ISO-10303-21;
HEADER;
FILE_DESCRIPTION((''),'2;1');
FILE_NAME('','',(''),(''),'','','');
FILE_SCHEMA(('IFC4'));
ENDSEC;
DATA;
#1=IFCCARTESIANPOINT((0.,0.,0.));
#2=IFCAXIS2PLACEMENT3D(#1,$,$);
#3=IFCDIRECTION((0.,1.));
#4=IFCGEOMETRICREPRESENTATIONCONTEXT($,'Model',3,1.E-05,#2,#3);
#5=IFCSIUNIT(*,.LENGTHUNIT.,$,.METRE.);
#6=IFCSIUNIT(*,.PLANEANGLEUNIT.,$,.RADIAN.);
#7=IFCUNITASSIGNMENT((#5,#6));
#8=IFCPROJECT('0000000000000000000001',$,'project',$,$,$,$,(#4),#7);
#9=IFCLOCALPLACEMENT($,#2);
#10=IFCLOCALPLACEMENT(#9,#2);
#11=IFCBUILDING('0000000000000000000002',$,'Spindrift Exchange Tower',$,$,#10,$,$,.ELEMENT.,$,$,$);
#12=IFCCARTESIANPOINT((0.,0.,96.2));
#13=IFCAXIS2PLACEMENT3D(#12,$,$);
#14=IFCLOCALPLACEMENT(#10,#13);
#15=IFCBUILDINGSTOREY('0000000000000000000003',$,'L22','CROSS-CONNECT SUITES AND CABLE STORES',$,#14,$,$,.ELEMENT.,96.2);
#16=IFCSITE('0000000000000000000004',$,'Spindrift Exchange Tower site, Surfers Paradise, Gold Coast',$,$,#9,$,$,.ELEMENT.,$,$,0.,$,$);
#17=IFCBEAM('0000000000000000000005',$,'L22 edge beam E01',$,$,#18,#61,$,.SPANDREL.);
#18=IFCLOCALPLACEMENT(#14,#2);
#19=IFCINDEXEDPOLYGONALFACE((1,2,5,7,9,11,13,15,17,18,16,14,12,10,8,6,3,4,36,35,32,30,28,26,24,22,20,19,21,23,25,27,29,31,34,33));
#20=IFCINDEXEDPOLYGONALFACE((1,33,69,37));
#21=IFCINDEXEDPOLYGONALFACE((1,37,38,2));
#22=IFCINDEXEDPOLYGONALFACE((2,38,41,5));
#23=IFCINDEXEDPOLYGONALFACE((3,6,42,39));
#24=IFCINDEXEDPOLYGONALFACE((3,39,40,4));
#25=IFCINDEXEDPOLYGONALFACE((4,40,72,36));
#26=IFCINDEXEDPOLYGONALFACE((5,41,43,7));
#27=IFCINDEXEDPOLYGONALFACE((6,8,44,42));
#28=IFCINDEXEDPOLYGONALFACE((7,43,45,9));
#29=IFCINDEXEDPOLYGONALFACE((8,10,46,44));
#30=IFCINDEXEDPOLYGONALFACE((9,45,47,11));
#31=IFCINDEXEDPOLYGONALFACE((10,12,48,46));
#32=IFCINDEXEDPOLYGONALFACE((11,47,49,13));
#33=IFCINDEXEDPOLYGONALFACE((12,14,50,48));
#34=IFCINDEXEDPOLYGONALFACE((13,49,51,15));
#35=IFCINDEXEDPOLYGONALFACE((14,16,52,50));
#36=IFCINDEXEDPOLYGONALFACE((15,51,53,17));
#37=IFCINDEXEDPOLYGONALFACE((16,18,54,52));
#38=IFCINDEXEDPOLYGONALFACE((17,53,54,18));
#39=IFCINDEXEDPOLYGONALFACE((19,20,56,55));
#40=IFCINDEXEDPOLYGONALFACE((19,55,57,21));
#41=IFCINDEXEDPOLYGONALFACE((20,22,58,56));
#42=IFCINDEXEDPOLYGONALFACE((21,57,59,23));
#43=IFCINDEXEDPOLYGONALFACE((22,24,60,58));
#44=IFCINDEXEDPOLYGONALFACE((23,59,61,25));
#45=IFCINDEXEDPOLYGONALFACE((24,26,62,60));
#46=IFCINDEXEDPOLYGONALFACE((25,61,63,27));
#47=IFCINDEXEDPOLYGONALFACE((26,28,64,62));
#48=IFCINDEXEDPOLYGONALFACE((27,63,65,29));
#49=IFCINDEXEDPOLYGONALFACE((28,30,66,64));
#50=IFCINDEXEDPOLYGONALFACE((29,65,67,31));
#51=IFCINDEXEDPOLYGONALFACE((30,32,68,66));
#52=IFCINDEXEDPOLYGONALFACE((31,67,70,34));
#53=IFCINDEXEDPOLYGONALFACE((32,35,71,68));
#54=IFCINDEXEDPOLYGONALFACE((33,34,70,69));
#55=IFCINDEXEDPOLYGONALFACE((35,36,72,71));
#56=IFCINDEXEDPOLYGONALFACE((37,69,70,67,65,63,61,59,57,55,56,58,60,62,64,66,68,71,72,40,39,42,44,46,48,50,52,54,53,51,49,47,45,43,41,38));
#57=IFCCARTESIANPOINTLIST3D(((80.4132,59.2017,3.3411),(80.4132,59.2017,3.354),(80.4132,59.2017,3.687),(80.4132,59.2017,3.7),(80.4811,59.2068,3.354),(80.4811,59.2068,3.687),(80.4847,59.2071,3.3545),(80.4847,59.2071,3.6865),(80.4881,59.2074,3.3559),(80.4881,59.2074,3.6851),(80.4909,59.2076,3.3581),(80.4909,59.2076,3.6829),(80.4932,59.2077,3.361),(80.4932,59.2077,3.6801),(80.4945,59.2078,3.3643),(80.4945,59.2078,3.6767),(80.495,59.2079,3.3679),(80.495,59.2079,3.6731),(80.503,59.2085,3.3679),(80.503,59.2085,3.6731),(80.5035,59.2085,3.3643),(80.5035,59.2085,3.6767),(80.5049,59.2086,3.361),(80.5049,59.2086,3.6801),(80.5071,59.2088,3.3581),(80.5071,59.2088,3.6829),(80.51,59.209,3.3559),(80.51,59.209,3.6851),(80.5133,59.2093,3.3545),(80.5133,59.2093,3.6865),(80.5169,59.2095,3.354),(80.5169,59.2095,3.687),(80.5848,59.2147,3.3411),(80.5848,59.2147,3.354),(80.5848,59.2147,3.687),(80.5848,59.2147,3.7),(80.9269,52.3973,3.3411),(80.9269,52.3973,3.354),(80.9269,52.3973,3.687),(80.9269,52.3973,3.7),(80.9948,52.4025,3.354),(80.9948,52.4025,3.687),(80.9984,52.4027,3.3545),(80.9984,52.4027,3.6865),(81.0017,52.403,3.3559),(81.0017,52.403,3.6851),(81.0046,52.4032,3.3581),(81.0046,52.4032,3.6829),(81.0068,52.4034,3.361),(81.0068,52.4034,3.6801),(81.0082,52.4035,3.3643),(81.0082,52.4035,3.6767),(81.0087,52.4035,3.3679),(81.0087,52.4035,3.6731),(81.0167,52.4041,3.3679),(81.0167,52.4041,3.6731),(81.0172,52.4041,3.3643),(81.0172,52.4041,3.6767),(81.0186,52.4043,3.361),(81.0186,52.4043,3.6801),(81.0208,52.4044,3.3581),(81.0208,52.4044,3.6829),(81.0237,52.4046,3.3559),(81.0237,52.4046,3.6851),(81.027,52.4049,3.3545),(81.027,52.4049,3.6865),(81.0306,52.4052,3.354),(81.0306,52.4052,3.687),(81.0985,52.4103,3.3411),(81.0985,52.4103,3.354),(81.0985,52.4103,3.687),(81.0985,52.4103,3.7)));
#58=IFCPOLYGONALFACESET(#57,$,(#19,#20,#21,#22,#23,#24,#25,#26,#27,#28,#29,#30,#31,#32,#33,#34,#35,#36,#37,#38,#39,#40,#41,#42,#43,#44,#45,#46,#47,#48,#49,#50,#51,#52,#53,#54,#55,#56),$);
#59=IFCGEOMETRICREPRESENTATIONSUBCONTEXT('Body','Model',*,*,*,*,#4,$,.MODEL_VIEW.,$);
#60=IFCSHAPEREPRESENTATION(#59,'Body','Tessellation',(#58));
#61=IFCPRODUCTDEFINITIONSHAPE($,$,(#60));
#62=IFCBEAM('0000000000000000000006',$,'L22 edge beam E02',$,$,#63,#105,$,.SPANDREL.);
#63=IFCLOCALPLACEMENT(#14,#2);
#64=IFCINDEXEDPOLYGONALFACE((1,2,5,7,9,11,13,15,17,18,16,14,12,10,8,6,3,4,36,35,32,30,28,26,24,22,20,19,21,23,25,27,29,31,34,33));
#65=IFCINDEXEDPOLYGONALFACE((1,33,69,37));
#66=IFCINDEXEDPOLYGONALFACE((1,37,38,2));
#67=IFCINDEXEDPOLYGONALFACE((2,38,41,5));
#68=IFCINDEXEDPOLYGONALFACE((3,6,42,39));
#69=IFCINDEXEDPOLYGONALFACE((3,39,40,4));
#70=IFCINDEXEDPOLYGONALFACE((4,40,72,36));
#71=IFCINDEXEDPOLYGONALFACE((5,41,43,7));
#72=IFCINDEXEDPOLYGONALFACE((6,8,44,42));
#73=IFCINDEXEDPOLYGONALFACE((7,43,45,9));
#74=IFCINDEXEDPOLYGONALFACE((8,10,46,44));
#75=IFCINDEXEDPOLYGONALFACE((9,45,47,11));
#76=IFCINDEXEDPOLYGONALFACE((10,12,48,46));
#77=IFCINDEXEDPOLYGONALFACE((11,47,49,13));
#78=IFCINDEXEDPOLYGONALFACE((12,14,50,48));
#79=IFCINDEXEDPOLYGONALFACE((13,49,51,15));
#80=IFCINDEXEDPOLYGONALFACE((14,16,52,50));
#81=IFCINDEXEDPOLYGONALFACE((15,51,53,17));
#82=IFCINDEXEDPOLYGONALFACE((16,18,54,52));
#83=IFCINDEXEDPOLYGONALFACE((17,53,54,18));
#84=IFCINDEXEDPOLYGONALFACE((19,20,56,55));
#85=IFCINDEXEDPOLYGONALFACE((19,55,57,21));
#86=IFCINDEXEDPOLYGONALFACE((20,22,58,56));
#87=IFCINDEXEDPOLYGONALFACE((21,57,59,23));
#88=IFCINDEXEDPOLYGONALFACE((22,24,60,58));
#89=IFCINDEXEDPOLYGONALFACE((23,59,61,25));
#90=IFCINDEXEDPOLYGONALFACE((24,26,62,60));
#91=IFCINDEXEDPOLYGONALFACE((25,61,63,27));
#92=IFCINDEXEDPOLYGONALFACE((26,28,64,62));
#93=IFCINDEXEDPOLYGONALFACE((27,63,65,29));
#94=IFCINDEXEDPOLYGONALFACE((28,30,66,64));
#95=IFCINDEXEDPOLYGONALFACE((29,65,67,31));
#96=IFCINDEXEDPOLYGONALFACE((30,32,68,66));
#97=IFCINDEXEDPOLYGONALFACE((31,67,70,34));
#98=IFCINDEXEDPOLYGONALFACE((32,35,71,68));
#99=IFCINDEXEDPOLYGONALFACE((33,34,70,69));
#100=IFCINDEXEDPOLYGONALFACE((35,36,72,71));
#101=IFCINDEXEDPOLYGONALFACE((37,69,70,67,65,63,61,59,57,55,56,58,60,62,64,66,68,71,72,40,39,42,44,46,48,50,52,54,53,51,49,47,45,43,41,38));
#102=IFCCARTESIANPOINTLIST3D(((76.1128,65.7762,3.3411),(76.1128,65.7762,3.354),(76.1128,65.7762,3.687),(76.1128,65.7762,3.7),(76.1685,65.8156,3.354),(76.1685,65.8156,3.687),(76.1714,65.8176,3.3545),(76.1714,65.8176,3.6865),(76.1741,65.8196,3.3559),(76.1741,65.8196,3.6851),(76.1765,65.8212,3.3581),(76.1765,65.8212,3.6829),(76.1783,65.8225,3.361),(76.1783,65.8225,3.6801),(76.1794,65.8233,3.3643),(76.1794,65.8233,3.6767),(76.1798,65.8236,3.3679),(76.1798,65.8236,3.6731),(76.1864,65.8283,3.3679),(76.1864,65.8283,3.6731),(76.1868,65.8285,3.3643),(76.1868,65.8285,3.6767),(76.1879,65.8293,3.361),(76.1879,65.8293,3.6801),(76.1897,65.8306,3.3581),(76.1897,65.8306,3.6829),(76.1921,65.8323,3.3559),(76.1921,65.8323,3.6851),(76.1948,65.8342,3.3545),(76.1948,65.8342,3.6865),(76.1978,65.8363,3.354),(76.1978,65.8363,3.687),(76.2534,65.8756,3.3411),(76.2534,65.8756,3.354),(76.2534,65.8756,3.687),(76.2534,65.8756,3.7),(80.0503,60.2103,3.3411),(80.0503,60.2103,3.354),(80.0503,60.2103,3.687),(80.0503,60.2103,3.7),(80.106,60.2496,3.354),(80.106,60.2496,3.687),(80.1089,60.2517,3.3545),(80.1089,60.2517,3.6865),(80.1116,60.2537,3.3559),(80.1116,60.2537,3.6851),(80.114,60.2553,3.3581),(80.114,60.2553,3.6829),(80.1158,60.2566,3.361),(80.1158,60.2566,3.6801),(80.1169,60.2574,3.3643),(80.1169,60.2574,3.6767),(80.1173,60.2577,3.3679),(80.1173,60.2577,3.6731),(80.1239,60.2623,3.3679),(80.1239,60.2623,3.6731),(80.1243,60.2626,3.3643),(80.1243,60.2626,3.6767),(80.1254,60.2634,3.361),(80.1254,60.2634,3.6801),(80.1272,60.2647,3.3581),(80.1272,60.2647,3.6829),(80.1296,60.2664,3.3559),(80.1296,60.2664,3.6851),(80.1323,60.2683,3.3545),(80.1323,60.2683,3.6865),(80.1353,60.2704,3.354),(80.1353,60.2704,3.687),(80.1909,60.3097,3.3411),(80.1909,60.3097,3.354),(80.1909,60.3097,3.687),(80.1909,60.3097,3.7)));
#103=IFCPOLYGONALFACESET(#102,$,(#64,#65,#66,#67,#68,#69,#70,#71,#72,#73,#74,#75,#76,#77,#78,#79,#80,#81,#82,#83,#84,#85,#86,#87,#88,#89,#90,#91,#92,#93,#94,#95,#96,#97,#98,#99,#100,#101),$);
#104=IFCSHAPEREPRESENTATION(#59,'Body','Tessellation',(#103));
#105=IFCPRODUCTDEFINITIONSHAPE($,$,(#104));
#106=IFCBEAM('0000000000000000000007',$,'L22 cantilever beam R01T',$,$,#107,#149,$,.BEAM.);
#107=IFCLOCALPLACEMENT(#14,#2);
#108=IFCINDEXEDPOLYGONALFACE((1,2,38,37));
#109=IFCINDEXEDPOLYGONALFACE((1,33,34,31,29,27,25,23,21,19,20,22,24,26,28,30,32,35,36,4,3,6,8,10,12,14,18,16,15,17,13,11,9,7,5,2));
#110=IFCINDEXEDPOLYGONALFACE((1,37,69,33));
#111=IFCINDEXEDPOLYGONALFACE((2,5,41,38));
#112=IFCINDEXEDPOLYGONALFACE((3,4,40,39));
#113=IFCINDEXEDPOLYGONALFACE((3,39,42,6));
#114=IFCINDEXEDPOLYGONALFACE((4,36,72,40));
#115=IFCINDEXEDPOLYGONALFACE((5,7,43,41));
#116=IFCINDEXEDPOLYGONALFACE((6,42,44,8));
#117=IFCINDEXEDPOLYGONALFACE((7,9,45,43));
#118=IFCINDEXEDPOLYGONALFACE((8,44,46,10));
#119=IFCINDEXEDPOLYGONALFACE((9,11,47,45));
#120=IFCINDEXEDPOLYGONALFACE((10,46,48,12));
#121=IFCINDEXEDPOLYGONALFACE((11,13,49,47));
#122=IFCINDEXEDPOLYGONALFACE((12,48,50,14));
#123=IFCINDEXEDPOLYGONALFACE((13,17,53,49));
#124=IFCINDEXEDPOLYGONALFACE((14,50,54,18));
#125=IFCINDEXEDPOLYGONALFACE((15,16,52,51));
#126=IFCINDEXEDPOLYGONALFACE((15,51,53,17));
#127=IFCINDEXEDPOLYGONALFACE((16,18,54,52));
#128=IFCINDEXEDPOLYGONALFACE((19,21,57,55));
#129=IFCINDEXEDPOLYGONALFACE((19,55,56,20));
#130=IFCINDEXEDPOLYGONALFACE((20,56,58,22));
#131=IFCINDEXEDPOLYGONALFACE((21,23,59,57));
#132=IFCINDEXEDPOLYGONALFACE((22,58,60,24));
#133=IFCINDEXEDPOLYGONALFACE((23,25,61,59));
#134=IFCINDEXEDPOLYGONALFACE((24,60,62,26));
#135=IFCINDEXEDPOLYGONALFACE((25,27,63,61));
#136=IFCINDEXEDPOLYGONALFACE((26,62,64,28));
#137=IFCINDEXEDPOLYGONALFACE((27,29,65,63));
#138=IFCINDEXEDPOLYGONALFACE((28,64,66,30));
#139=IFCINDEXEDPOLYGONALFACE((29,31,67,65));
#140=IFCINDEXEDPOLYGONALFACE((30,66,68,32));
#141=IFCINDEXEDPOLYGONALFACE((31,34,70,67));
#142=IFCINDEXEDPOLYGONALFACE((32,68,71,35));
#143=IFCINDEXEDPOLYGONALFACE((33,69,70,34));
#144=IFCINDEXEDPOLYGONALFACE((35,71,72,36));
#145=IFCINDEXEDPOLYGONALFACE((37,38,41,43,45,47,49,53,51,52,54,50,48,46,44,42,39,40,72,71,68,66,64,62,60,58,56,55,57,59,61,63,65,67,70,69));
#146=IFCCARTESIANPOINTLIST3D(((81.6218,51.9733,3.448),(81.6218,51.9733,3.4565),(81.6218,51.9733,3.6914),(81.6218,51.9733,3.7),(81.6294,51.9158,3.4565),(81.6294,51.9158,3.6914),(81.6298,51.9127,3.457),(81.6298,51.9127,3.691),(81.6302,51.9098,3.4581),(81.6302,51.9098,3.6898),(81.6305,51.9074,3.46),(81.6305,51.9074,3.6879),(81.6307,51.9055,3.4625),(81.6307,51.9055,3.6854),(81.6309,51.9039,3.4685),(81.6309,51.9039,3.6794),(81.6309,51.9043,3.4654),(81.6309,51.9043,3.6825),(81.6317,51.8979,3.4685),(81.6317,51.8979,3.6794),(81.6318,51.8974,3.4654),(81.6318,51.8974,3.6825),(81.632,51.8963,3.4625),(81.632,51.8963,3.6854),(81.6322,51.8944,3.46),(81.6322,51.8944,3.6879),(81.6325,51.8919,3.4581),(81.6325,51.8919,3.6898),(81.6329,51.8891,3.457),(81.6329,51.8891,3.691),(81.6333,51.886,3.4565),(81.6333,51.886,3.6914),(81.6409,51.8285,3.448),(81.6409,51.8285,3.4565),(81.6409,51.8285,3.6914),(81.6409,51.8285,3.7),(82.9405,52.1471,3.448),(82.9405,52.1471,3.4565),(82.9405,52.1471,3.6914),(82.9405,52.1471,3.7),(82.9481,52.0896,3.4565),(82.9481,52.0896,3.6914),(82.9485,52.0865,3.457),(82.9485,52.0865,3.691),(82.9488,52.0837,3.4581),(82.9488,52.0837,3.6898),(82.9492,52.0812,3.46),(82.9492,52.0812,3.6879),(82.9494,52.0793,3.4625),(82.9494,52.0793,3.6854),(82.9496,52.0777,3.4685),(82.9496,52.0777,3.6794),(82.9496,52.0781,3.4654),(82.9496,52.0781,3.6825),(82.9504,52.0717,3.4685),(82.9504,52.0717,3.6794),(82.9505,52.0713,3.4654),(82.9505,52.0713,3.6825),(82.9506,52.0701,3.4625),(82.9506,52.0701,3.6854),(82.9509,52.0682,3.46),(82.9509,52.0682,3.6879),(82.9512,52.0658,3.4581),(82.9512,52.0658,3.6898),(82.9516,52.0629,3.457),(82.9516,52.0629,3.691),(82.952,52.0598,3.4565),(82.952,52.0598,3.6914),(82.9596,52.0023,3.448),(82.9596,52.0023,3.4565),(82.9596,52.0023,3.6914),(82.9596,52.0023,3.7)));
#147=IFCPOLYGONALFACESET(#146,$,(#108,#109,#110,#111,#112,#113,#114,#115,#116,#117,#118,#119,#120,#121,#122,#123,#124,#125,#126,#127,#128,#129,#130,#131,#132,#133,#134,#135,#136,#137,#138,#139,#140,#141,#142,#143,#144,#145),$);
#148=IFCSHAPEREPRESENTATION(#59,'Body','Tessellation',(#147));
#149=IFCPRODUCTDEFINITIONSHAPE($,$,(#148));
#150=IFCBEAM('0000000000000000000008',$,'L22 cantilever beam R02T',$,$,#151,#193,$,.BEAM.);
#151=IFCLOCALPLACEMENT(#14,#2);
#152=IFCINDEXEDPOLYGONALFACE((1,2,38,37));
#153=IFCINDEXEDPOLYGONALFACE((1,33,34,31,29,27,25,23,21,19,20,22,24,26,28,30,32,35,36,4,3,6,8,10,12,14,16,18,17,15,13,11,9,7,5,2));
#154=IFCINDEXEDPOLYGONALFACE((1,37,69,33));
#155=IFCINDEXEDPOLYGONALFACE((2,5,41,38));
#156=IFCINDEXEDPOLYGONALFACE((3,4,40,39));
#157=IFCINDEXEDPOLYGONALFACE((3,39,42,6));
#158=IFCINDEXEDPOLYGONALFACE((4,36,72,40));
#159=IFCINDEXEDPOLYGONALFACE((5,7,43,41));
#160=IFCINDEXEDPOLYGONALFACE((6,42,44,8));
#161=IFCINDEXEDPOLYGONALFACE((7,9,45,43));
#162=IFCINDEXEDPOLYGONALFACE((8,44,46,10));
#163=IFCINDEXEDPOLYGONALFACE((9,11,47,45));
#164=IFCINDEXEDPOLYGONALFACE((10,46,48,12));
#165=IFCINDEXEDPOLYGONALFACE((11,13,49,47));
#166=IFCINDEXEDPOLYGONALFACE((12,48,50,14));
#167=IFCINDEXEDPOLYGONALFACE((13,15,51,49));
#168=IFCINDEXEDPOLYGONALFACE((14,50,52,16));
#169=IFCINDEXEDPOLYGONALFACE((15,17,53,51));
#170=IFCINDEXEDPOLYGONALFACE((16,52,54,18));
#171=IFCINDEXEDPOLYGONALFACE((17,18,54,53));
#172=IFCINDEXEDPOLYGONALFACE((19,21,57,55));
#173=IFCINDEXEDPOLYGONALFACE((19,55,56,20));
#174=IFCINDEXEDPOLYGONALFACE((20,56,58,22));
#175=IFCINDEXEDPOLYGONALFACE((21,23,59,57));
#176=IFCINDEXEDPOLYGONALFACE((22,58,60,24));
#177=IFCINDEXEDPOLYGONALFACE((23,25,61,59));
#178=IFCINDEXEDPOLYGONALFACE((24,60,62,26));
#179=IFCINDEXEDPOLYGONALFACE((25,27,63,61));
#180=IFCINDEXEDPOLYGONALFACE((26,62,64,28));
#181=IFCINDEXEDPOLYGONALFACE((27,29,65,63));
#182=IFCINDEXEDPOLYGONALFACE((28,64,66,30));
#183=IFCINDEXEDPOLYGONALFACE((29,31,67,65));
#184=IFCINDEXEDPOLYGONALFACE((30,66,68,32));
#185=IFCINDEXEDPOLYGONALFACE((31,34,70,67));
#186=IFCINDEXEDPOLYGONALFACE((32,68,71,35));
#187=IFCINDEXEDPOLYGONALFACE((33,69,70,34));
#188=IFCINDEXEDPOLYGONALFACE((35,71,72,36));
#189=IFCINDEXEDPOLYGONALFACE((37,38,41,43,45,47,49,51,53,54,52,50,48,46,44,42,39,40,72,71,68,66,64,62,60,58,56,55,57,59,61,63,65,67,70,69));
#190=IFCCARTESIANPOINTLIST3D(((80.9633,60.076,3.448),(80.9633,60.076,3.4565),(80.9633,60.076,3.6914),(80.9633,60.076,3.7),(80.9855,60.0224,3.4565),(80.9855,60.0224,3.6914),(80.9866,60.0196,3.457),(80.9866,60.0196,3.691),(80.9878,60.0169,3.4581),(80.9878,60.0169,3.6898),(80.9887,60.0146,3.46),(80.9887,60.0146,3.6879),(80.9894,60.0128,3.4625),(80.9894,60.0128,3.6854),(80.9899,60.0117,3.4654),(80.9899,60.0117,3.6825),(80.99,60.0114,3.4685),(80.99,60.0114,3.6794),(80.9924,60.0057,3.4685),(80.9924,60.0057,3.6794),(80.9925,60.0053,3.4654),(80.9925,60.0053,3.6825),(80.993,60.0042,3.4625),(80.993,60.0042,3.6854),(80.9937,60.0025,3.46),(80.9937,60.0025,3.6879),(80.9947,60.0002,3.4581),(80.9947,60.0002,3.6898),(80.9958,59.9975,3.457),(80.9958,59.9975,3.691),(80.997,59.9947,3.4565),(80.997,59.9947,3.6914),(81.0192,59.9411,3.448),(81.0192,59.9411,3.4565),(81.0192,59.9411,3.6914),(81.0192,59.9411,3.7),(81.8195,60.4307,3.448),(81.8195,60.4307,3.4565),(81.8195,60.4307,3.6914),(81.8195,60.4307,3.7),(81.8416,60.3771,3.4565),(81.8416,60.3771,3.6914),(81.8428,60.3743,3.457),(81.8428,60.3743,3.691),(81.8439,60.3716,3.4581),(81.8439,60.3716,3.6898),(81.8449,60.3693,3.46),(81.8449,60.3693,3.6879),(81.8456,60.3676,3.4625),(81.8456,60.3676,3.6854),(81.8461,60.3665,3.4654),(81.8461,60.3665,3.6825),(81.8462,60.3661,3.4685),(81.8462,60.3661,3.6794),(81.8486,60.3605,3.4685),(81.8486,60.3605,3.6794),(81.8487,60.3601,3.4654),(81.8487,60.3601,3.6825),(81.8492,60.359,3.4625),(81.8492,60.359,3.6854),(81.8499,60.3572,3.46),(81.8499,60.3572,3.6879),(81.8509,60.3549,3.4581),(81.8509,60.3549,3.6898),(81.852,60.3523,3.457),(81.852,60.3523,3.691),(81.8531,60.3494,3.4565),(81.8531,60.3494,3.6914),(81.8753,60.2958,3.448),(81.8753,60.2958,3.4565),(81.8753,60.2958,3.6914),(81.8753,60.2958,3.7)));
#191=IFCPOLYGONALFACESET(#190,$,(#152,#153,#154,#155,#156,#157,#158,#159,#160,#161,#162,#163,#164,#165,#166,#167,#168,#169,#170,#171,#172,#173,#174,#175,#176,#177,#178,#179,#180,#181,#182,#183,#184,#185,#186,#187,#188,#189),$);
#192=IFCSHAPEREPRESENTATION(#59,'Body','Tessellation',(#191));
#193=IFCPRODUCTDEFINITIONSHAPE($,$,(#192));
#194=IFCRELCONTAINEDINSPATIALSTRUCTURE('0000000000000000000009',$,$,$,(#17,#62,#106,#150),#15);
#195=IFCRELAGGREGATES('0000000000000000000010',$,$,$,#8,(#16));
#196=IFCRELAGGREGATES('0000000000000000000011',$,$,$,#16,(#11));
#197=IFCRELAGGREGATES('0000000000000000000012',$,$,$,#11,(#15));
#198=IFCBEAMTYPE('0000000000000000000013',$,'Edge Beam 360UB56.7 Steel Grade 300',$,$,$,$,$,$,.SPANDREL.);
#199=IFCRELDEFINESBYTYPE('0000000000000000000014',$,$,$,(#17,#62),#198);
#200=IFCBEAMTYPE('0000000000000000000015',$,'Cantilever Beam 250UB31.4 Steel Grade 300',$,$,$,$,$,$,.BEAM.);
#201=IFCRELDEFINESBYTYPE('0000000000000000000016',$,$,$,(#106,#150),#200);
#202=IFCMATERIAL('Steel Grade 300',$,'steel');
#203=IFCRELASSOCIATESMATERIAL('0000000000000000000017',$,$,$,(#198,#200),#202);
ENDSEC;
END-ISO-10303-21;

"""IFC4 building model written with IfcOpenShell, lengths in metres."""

from ifc_helpers import new_model, si_unit, direction, frame, origin, origin_2d, place, context, subcontext, project, spatial, i_section, extrude, source, transform, mapped, material, material_profile, profile_set, type_object, element, save


model = new_model("IFC4")

# Units and contexts
model_context = context("Model", 3, precision=1e-05, world=origin(), true_north=direction((0.0, 1.0)))
body_context = subcontext(model_context, "Body", "Model", "MODEL_VIEW")
ifc_project = project(units=[si_unit("LENGTHUNIT", "METRE"), si_unit("PLANEANGLEUNIT", "RADIAN")], contexts=[model_context])

# Site, building, storey
site_placement = place(None, origin())
site = spatial("IfcSite", under=ifc_project, at=site_placement, Name="Spindrift Exchange Tower site, Surfers Paradise, Gold Coast", CompositionType="ELEMENT", RefElevation=0.0)
building_placement = place(site_placement, origin())
building = spatial("IfcBuilding", under=site, at=building_placement, Name="Spindrift Exchange Tower", CompositionType="ELEMENT")
storey_placement = place(building_placement, frame((0.0, 0.0, 96.2)))
storey = spatial("IfcBuildingStorey", under=building, at=storey_placement, Name="L22", Description="CROSS-CONNECT SUITES AND CABLE STORES", CompositionType="ELEMENT", Elevation=96.2)

# Beams
ifc_material_1 = material(Name="Steel Grade 300", Category="steel")
ifc_material_profile_1 = material_profile(ifc_material_1, i_section(OverallWidth=0.1721, OverallDepth=0.3589, WebThickness=0.0081, FlangeThickness=0.0129, FilletRadius=0.0139, at=origin_2d()), Name="360UB56.7")
ifc_profile_set_1 = profile_set([ifc_material_profile_1], Name="Steel Grade 300")
beam_type_1 = type_object("IfcBeamType", Name="Edge Beam 360UB56.7 Steel Grade 300", PredefinedType="SPANDREL", material=ifc_profile_set_1)
shared_shape_1 = source(origin(), body_context, "Body", "SweptSolid", [
    extrude(i_section(OverallWidth=0.1721, OverallDepth=0.3589, WebThickness=0.0081, FlangeThickness=0.0129, FilletRadius=0.0139, at=origin_2d()), origin(), (0.0, 0.0, 1.0), 6.8237),
])
beam_1_placement = place(storey_placement, frame((81.0127, 52.4038, 3.5205), z_axis=(-0.075276, 0.997163, 0.0), x_axis=(-0.997163, -0.075276, 0.0)))
element("IfcBeam", 1, at=beam_1_placement, inside=storey, type_object=beam_type_1, Name="L22 edge beam E01", PredefinedType="SPANDREL", context=body_context, shape_type="MappedRepresentation", body=[
    mapped(shared_shape_1, transform((0.0, 0.0, 0.0), scale=1.0)),
])
shared_shape_2 = source(origin(), body_context, "Body", "SweptSolid", [
    extrude(i_section(OverallWidth=0.1721, OverallDepth=0.3589, WebThickness=0.0081, FlangeThickness=0.0129, FilletRadius=0.0139, at=origin_2d()), origin(), (0.0, 0.0, 1.0), 6.8179),
])
beam_2_placement = place(storey_placement, frame((80.1206, 60.26, 3.5205), z_axis=(-0.577526, 0.816372, 0.0), x_axis=(-0.816372, -0.577526, 0.0)))
element("IfcBeam", 2, at=beam_2_placement, inside=storey, type_object=beam_type_1, Name="L22 edge beam E02", PredefinedType="SPANDREL", context=body_context, shape_type="MappedRepresentation", body=[
    mapped(shared_shape_2, transform((0.0, 0.0, 0.0), scale=1.0)),
])
ifc_material_profile_2 = material_profile(ifc_material_1, i_section(OverallWidth=0.146, OverallDepth=0.252, WebThickness=0.0061, FlangeThickness=0.0085, FilletRadius=0.012, at=origin_2d()), Name="250UB31.4")
ifc_profile_set_2 = profile_set([ifc_material_profile_2], Name="Steel Grade 300")
beam_type_2 = type_object("IfcBeamType", Name="Cantilever Beam 250UB31.4 Steel Grade 300", PredefinedType="BEAM", material=ifc_profile_set_2)
shared_shape_3 = source(origin(), body_context, "Body", "SweptSolid", [
    extrude(i_section(OverallWidth=0.146, OverallDepth=0.252, WebThickness=0.0061, FlangeThickness=0.0085, FilletRadius=0.012, at=origin_2d()), origin(), (0.0, 0.0, 1.0), 1.3301),
])
beam_3_placement = place(storey_placement, frame((81.6313, 51.9009, 3.574), z_axis=(0.991422, 0.130697, 0.0), x_axis=(-0.130697, 0.991422, 0.0)))
element("IfcBeam", 3, at=beam_3_placement, inside=storey, type_object=beam_type_2, Name="L22 cantilever beam R01T", PredefinedType="BEAM", context=body_context, shape_type="MappedRepresentation", body=[
    mapped(shared_shape_3, transform((0.0, 0.0, 0.0), scale=1.0)),
])
shared_shape_4 = source(origin(), body_context, "Body", "SweptSolid", [
    extrude(i_section(OverallWidth=0.146, OverallDepth=0.252, WebThickness=0.0061, FlangeThickness=0.0085, FilletRadius=0.012, at=origin_2d()), origin(), (0.0, 0.0, 1.0), 0.9268),
])
beam_4_placement = place(storey_placement, frame((80.9912, 60.0085, 3.574), z_axis=(0.923847, 0.382763, 0.0), x_axis=(-0.382763, 0.923847, 0.0)))
element("IfcBeam", 4, at=beam_4_placement, inside=storey, type_object=beam_type_2, Name="L22 cantilever beam R02T", PredefinedType="BEAM", context=body_context, shape_type="MappedRepresentation", body=[
    mapped(shared_shape_4, transform((0.0, 0.0, 0.0), scale=1.0)),
])

save(model, "model.ifc")
